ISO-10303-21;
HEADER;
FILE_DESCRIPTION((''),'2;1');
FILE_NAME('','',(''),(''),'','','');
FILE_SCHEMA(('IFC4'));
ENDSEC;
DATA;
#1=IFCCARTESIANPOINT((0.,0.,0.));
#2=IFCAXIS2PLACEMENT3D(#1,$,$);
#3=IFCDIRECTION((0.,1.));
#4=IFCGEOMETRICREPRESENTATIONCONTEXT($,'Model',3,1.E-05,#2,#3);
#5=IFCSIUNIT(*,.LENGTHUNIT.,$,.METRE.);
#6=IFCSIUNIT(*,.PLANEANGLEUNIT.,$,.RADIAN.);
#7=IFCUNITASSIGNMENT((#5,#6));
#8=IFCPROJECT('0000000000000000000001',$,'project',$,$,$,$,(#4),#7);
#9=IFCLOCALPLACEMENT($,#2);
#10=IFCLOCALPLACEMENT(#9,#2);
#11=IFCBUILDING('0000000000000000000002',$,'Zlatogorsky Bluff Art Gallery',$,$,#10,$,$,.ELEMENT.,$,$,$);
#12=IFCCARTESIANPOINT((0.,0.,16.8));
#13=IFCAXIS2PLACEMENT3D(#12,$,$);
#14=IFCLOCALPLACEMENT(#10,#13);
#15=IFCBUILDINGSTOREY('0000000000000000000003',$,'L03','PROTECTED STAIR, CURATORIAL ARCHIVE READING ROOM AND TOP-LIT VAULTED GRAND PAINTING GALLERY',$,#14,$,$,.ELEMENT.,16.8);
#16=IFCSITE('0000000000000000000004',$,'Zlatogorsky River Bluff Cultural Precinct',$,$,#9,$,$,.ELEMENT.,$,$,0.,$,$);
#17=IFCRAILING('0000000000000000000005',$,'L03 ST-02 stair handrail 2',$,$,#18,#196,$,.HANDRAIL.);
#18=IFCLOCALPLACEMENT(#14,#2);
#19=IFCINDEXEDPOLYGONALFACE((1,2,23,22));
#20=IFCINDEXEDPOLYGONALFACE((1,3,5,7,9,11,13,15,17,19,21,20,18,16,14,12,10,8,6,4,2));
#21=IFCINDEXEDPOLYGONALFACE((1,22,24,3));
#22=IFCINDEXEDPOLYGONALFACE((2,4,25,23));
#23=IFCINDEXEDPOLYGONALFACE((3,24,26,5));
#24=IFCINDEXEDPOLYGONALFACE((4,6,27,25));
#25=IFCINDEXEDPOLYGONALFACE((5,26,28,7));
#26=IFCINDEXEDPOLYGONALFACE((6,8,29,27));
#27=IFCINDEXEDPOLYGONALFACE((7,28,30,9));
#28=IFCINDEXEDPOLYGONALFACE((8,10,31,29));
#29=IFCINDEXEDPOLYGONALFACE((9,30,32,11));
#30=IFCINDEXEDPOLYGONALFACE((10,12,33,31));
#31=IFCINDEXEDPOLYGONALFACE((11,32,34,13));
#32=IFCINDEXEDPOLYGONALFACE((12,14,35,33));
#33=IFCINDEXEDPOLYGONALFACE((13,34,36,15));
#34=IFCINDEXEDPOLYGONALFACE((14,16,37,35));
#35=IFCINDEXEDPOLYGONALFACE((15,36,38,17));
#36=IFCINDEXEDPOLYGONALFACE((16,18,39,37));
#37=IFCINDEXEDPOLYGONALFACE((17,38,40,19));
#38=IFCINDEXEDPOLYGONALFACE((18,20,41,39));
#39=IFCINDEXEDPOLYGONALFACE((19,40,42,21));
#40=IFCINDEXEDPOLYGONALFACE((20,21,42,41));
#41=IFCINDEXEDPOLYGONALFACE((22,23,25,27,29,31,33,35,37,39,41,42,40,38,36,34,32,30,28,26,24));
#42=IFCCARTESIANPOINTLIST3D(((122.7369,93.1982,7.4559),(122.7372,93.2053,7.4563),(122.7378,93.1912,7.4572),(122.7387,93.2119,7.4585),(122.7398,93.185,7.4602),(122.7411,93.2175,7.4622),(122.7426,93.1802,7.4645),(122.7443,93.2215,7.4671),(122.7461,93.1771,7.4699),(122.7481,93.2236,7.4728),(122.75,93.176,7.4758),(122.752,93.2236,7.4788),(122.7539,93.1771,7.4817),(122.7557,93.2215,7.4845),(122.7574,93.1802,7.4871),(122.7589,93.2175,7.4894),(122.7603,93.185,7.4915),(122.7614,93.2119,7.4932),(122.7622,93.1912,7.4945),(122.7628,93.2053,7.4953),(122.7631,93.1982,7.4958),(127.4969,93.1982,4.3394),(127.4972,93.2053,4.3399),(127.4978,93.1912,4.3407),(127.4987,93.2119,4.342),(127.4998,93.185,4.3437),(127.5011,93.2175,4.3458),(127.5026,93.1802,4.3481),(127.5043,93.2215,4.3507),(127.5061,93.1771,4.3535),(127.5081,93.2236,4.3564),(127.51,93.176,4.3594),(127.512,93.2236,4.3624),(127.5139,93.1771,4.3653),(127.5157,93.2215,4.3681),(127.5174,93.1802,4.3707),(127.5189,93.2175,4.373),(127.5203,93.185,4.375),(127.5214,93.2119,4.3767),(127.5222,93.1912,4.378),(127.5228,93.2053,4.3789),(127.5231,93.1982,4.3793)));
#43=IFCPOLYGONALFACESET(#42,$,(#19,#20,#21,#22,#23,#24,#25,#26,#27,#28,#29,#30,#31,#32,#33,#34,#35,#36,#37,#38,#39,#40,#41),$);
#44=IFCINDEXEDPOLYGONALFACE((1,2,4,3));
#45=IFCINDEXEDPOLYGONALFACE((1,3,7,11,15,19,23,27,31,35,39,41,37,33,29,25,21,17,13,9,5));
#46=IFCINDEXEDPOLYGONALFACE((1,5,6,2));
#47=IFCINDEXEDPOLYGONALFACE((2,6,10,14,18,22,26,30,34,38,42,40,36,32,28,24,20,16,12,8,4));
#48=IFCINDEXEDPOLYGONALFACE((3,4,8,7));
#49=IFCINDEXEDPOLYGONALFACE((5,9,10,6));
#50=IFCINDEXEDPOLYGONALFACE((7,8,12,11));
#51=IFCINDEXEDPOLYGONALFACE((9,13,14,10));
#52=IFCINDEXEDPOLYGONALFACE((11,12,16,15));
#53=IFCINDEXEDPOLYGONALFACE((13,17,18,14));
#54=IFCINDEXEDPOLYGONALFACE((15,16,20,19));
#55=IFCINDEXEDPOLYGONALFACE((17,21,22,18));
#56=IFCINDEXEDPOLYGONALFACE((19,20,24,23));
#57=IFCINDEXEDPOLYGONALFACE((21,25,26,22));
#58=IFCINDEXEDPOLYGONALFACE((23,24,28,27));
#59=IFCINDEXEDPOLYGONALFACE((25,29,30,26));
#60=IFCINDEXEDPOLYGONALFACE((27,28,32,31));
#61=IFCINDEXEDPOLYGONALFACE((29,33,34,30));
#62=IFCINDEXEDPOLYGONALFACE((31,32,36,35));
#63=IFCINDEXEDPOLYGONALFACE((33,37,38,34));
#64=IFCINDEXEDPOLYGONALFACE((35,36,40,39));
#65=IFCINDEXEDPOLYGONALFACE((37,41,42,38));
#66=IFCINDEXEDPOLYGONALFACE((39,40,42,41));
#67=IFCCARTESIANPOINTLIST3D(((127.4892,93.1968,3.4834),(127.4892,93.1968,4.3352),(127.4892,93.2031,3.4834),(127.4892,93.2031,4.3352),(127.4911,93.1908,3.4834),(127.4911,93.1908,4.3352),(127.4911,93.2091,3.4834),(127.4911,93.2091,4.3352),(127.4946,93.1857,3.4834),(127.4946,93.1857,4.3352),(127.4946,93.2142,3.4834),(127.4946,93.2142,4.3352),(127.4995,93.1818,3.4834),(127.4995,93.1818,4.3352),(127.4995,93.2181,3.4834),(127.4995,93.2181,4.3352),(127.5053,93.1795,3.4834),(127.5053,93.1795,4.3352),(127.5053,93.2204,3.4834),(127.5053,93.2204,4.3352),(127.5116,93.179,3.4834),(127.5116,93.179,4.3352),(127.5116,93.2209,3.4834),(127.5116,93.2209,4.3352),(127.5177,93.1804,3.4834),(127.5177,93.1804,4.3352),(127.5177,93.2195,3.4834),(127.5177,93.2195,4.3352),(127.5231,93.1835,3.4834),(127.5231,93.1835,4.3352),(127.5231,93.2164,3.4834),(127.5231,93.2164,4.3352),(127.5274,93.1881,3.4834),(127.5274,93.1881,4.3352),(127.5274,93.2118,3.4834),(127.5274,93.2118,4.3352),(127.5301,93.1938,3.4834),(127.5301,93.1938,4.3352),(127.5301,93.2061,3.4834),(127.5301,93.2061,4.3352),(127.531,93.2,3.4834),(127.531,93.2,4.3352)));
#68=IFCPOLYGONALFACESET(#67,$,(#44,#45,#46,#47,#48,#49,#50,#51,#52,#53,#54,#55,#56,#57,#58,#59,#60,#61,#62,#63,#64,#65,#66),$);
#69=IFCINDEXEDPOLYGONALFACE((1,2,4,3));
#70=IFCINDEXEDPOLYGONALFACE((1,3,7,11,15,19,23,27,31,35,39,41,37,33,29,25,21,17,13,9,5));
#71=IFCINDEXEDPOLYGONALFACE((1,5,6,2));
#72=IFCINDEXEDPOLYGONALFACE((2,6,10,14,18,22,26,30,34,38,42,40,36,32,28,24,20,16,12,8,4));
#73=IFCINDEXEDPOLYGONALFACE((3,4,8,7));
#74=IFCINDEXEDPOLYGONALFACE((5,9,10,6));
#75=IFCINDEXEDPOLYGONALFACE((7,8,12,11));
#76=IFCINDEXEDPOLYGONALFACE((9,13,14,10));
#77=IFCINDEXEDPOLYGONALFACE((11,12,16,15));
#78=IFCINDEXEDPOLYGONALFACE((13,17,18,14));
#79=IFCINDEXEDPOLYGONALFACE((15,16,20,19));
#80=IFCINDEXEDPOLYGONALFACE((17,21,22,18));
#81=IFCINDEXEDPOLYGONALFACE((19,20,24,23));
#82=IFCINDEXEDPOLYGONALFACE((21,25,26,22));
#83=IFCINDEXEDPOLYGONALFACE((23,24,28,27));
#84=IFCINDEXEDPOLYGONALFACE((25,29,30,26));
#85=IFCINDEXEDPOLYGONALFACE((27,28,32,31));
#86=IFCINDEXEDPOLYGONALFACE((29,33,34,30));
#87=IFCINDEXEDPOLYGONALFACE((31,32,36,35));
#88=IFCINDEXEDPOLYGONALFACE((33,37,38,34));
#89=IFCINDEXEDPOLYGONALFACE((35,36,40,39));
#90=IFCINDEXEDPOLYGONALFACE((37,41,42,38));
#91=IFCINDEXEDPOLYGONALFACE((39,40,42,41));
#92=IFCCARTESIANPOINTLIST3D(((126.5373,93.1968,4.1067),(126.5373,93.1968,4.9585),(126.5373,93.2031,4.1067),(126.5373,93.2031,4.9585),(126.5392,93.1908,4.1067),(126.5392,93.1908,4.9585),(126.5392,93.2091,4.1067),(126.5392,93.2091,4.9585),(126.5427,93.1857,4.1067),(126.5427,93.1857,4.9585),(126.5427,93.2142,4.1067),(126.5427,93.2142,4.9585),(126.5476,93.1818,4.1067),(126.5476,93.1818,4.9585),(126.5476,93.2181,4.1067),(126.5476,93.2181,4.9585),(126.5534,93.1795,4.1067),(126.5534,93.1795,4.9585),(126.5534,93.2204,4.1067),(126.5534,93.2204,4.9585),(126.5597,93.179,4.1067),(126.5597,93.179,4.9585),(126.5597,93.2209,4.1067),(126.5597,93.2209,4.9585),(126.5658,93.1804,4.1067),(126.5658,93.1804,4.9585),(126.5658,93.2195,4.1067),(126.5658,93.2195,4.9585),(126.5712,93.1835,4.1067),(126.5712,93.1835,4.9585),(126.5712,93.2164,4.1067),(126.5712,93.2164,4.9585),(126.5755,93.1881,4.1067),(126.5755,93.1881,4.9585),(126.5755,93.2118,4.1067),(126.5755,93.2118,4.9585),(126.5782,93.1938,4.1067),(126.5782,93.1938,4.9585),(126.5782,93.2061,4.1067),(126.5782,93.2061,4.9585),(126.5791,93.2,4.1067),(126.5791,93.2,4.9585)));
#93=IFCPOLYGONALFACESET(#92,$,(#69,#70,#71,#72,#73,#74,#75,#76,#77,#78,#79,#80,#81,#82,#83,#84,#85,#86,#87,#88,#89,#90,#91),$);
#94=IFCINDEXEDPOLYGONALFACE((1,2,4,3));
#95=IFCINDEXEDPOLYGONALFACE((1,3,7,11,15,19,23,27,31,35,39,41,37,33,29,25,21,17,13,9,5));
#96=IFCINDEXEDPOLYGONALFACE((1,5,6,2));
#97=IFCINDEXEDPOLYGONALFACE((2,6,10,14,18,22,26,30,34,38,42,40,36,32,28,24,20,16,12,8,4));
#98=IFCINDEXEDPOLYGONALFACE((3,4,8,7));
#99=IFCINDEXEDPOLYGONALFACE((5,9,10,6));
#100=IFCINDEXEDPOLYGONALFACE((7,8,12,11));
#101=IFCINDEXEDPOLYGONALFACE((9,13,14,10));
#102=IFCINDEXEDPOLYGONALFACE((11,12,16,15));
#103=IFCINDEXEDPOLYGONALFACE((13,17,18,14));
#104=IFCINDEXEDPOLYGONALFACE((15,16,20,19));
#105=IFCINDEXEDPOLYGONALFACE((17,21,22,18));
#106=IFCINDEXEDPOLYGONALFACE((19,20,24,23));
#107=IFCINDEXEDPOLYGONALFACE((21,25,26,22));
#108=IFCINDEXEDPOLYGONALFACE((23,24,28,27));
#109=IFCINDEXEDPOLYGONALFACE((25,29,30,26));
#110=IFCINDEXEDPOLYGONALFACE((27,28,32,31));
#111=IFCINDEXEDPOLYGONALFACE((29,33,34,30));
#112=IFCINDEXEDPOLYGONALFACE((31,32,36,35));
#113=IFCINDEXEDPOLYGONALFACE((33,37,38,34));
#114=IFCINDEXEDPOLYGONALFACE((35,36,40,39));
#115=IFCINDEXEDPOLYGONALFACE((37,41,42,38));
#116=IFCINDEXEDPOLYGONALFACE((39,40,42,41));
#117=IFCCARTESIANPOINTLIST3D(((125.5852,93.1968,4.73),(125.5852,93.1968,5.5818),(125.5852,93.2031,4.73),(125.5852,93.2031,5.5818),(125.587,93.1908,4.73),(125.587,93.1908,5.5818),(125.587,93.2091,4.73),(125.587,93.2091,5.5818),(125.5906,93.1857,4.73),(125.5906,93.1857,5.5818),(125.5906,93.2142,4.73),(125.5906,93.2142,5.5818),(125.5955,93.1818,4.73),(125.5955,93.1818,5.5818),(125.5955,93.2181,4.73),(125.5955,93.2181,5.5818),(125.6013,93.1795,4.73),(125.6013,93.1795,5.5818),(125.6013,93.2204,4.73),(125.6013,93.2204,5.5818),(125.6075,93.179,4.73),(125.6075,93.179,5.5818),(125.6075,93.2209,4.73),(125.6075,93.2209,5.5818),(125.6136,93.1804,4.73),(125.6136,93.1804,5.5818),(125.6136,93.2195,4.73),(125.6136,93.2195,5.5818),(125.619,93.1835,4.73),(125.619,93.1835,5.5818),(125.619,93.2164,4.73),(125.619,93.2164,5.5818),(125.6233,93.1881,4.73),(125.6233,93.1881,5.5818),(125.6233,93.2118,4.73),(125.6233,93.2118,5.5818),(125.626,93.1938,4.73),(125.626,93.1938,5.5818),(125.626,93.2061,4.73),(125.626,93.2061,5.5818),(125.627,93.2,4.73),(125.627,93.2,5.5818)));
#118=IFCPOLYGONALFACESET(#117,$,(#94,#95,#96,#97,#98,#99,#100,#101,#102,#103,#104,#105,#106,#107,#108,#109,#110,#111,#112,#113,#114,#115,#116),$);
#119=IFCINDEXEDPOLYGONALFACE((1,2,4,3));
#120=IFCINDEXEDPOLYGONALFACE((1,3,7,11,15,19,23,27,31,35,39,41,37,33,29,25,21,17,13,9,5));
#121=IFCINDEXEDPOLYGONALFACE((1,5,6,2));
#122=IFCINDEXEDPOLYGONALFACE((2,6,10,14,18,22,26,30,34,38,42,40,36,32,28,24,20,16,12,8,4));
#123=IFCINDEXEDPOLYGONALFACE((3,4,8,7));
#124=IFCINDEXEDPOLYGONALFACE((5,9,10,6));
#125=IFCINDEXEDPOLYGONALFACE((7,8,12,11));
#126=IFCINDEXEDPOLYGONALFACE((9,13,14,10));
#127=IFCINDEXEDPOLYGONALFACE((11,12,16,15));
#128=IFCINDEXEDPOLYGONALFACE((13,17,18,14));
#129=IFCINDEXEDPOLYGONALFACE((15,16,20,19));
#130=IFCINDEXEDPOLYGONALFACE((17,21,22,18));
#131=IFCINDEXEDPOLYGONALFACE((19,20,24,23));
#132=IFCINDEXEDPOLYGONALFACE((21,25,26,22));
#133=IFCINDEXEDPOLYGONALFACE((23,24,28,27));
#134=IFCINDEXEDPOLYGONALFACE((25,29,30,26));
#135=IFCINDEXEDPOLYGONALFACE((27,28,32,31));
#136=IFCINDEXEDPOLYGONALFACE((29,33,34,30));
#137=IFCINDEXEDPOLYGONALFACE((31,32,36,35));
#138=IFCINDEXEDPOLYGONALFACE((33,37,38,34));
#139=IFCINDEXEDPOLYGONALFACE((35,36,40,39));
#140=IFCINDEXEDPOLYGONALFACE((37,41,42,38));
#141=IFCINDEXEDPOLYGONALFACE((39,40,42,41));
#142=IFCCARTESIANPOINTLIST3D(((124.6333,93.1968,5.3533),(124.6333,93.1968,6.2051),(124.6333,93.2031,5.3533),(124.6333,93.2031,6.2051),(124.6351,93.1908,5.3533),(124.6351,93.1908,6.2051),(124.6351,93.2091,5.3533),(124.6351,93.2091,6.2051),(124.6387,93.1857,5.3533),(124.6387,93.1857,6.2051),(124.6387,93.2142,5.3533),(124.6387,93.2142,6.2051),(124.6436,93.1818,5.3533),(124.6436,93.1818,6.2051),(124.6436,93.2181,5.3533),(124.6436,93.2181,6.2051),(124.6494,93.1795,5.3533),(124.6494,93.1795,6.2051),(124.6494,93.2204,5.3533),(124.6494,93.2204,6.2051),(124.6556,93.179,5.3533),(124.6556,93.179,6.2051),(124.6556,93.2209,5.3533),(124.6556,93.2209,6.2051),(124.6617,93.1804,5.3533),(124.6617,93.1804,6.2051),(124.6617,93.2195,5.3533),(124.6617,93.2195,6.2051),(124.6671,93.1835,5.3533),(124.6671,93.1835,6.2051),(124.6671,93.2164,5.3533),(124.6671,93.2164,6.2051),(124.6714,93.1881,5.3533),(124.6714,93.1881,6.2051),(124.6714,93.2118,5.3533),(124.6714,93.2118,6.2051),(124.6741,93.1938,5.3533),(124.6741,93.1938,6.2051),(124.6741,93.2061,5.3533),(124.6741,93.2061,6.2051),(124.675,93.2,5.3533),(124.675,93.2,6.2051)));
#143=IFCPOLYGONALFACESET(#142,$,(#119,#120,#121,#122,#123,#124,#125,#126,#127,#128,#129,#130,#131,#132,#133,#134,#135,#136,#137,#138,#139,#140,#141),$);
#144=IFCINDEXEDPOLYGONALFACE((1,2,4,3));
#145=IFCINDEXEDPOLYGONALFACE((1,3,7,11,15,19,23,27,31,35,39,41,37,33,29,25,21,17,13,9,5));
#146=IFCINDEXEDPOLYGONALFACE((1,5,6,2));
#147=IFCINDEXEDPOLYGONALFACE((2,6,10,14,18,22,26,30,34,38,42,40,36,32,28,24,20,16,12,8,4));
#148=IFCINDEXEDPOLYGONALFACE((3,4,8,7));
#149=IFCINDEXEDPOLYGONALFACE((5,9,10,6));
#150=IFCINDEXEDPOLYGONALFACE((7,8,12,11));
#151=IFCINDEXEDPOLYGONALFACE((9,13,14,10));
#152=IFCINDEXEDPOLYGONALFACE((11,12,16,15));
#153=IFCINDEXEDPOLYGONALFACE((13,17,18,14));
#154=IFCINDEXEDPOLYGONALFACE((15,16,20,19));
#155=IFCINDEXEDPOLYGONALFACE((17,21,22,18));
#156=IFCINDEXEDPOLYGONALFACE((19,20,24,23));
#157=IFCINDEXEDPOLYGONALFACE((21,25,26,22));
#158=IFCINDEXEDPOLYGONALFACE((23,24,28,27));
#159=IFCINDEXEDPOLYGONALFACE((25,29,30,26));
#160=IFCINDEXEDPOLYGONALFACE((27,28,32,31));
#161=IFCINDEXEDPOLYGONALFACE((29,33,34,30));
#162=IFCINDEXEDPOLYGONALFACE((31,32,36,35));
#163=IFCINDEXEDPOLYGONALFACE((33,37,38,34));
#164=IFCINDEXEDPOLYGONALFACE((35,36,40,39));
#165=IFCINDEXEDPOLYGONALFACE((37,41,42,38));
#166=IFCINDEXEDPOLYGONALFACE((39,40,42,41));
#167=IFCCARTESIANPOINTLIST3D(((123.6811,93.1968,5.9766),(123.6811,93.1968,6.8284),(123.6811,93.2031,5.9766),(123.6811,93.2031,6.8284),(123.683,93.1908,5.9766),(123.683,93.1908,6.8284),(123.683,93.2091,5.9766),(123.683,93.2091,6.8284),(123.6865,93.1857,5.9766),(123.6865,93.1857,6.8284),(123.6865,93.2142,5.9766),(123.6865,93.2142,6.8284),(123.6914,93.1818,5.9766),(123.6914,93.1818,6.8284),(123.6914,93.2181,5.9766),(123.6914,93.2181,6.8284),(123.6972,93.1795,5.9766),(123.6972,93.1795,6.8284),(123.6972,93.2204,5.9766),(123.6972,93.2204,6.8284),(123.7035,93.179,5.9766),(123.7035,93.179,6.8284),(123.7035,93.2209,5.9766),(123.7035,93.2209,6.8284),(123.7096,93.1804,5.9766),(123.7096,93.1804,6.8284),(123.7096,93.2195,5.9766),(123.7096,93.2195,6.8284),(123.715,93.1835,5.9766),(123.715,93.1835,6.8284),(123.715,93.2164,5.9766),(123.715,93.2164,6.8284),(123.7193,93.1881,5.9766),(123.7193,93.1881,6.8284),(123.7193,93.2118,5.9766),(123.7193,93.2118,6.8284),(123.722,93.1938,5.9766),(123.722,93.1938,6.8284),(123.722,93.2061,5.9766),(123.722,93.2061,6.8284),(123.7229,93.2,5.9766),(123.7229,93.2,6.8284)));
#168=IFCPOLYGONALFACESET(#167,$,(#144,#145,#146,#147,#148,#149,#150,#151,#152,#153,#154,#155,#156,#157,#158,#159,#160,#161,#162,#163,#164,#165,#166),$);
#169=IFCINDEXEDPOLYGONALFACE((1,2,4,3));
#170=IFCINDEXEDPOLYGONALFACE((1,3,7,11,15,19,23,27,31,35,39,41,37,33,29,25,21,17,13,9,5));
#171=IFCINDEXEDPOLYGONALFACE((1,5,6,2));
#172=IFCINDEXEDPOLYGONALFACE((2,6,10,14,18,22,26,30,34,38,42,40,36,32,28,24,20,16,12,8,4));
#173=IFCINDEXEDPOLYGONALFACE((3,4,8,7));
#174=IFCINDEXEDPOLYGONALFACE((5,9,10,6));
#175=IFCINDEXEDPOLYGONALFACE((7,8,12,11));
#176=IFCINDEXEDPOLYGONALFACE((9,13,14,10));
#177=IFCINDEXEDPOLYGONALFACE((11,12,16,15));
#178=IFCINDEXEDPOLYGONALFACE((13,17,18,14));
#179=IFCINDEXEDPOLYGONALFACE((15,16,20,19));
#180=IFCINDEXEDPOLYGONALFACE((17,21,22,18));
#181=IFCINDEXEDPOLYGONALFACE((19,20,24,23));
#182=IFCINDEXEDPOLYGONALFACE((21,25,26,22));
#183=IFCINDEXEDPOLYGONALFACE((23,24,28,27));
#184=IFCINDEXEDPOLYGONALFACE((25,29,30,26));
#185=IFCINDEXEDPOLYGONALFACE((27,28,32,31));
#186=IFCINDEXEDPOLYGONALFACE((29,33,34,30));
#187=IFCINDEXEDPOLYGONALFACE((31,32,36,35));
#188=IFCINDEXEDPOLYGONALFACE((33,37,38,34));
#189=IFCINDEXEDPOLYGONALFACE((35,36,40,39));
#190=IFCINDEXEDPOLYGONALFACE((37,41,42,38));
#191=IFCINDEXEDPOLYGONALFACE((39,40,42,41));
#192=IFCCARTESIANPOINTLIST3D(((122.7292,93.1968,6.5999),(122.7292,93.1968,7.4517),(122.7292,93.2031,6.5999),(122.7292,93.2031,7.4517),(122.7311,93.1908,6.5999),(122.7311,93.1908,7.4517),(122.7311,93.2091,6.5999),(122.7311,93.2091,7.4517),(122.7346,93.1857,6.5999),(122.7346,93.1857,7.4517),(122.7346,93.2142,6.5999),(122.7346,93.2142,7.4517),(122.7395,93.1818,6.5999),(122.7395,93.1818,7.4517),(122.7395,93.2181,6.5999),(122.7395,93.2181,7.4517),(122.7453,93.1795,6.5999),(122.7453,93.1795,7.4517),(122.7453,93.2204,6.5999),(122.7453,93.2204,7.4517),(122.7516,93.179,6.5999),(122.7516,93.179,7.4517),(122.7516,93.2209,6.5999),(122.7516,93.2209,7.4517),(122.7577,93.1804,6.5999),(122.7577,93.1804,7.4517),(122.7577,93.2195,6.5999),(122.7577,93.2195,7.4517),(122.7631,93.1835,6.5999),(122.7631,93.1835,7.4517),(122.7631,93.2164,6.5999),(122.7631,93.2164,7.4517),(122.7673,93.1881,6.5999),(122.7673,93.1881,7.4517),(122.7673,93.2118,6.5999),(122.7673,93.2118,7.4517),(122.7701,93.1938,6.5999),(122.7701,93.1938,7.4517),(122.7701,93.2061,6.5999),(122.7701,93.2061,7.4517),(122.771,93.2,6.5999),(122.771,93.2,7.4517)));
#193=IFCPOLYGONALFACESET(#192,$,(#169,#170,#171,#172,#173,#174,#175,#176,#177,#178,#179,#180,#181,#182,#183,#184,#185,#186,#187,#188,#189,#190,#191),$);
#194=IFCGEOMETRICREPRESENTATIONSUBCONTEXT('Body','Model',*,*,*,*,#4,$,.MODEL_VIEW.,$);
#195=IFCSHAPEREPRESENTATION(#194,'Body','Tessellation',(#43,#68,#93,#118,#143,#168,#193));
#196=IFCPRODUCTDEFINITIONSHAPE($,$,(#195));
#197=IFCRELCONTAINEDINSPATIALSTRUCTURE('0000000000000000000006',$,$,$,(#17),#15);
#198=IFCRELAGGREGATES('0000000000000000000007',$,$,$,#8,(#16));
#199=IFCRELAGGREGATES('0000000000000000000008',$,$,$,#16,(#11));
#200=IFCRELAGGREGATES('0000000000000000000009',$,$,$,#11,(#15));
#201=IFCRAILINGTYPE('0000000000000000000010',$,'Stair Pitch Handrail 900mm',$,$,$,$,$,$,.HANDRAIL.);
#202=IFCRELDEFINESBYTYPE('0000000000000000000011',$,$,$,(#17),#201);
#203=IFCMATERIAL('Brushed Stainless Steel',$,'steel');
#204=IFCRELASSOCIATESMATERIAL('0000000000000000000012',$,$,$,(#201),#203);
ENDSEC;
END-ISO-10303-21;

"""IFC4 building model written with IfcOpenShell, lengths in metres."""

from ifc_helpers import new_model, si_unit, direction, frame, origin, origin_2d, place, context, subcontext, project, spatial, circle, extrude, material, type_object, element, save


model = new_model("IFC4")

# Units and contexts
model_context = context("Model", 3, precision=1e-05, world=origin(), true_north=direction((0.0, 1.0)))
body_context = subcontext(model_context, "Body", "Model", "MODEL_VIEW")
ifc_project = project(units=[si_unit("LENGTHUNIT", "METRE"), si_unit("PLANEANGLEUNIT", "RADIAN")], contexts=[model_context])

# Site, building, storey
site_placement = place(None, origin())
site = spatial("IfcSite", under=ifc_project, at=site_placement, Name="Zlatogorsky River Bluff Cultural Precinct", CompositionType="ELEMENT", RefElevation=0.0)
building_placement = place(site_placement, origin())
building = spatial("IfcBuilding", under=site, at=building_placement, Name="Zlatogorsky Bluff Art Gallery", CompositionType="ELEMENT")
storey_placement = place(building_placement, frame((0.0, 0.0, 16.8)))
storey = spatial("IfcBuildingStorey", under=building, at=storey_placement, Name="L03", Description="PROTECTED STAIR, CURATORIAL ARCHIVE READING ROOM AND TOP-LIT VAULTED GRAND PAINTING GALLERY", CompositionType="ELEMENT", Elevation=16.8)

# Railing
ifc_material_1 = material(Name="Brushed Stainless Steel", Category="steel")
railing_type_1 = type_object("IfcRailingType", Name="Stair Pitch Handrail 900mm", PredefinedType="HANDRAIL", material=ifc_material_1)
railing_1_placement = place(storey_placement, frame((127.51, 93.2, 3.4834)))
element("IfcRailing", 1, at=railing_1_placement, inside=storey, type_object=railing_type_1, Name="L03 ST-02 stair handrail 2", PredefinedType="HANDRAIL", context=body_context, shape_type="SweptSolid", body=[
    extrude(circle(Radius=0.0239, at=origin_2d()), frame((0.0, 0.0, 0.876), z_axis=(-0.836636, 0.0, 0.547759), x_axis=(0.0, -1.0, 0.0)), (0.0, 0.0, 1.0), 5.6895),
    extrude(circle(Radius=0.021, at=origin_2d()), origin(), (0.0, 0.0, 1.0), 0.8518),
    extrude(circle(Radius=0.021, at=origin_2d()), frame((-0.9519, 0.0, 0.6233)), (0.0, 0.0, 1.0), 0.8518),
    extrude(circle(Radius=0.021, at=origin_2d()), frame((-1.9041, 0.0, 1.2466)), (0.0, 0.0, 1.0), 0.8518),
    extrude(circle(Radius=0.021, at=origin_2d()), frame((-2.856, 0.0, 1.8699)), (0.0, 0.0, 1.0), 0.8518),
    extrude(circle(Radius=0.021, at=origin_2d()), frame((-3.8081, 0.0, 2.4932)), (0.0, 0.0, 1.0), 0.8518),
    extrude(circle(Radius=0.021, at=origin_2d()), frame((-4.76, 0.0, 3.1165)), (0.0, 0.0, 1.0), 0.8518),
])

save(model, "model.ifc")
